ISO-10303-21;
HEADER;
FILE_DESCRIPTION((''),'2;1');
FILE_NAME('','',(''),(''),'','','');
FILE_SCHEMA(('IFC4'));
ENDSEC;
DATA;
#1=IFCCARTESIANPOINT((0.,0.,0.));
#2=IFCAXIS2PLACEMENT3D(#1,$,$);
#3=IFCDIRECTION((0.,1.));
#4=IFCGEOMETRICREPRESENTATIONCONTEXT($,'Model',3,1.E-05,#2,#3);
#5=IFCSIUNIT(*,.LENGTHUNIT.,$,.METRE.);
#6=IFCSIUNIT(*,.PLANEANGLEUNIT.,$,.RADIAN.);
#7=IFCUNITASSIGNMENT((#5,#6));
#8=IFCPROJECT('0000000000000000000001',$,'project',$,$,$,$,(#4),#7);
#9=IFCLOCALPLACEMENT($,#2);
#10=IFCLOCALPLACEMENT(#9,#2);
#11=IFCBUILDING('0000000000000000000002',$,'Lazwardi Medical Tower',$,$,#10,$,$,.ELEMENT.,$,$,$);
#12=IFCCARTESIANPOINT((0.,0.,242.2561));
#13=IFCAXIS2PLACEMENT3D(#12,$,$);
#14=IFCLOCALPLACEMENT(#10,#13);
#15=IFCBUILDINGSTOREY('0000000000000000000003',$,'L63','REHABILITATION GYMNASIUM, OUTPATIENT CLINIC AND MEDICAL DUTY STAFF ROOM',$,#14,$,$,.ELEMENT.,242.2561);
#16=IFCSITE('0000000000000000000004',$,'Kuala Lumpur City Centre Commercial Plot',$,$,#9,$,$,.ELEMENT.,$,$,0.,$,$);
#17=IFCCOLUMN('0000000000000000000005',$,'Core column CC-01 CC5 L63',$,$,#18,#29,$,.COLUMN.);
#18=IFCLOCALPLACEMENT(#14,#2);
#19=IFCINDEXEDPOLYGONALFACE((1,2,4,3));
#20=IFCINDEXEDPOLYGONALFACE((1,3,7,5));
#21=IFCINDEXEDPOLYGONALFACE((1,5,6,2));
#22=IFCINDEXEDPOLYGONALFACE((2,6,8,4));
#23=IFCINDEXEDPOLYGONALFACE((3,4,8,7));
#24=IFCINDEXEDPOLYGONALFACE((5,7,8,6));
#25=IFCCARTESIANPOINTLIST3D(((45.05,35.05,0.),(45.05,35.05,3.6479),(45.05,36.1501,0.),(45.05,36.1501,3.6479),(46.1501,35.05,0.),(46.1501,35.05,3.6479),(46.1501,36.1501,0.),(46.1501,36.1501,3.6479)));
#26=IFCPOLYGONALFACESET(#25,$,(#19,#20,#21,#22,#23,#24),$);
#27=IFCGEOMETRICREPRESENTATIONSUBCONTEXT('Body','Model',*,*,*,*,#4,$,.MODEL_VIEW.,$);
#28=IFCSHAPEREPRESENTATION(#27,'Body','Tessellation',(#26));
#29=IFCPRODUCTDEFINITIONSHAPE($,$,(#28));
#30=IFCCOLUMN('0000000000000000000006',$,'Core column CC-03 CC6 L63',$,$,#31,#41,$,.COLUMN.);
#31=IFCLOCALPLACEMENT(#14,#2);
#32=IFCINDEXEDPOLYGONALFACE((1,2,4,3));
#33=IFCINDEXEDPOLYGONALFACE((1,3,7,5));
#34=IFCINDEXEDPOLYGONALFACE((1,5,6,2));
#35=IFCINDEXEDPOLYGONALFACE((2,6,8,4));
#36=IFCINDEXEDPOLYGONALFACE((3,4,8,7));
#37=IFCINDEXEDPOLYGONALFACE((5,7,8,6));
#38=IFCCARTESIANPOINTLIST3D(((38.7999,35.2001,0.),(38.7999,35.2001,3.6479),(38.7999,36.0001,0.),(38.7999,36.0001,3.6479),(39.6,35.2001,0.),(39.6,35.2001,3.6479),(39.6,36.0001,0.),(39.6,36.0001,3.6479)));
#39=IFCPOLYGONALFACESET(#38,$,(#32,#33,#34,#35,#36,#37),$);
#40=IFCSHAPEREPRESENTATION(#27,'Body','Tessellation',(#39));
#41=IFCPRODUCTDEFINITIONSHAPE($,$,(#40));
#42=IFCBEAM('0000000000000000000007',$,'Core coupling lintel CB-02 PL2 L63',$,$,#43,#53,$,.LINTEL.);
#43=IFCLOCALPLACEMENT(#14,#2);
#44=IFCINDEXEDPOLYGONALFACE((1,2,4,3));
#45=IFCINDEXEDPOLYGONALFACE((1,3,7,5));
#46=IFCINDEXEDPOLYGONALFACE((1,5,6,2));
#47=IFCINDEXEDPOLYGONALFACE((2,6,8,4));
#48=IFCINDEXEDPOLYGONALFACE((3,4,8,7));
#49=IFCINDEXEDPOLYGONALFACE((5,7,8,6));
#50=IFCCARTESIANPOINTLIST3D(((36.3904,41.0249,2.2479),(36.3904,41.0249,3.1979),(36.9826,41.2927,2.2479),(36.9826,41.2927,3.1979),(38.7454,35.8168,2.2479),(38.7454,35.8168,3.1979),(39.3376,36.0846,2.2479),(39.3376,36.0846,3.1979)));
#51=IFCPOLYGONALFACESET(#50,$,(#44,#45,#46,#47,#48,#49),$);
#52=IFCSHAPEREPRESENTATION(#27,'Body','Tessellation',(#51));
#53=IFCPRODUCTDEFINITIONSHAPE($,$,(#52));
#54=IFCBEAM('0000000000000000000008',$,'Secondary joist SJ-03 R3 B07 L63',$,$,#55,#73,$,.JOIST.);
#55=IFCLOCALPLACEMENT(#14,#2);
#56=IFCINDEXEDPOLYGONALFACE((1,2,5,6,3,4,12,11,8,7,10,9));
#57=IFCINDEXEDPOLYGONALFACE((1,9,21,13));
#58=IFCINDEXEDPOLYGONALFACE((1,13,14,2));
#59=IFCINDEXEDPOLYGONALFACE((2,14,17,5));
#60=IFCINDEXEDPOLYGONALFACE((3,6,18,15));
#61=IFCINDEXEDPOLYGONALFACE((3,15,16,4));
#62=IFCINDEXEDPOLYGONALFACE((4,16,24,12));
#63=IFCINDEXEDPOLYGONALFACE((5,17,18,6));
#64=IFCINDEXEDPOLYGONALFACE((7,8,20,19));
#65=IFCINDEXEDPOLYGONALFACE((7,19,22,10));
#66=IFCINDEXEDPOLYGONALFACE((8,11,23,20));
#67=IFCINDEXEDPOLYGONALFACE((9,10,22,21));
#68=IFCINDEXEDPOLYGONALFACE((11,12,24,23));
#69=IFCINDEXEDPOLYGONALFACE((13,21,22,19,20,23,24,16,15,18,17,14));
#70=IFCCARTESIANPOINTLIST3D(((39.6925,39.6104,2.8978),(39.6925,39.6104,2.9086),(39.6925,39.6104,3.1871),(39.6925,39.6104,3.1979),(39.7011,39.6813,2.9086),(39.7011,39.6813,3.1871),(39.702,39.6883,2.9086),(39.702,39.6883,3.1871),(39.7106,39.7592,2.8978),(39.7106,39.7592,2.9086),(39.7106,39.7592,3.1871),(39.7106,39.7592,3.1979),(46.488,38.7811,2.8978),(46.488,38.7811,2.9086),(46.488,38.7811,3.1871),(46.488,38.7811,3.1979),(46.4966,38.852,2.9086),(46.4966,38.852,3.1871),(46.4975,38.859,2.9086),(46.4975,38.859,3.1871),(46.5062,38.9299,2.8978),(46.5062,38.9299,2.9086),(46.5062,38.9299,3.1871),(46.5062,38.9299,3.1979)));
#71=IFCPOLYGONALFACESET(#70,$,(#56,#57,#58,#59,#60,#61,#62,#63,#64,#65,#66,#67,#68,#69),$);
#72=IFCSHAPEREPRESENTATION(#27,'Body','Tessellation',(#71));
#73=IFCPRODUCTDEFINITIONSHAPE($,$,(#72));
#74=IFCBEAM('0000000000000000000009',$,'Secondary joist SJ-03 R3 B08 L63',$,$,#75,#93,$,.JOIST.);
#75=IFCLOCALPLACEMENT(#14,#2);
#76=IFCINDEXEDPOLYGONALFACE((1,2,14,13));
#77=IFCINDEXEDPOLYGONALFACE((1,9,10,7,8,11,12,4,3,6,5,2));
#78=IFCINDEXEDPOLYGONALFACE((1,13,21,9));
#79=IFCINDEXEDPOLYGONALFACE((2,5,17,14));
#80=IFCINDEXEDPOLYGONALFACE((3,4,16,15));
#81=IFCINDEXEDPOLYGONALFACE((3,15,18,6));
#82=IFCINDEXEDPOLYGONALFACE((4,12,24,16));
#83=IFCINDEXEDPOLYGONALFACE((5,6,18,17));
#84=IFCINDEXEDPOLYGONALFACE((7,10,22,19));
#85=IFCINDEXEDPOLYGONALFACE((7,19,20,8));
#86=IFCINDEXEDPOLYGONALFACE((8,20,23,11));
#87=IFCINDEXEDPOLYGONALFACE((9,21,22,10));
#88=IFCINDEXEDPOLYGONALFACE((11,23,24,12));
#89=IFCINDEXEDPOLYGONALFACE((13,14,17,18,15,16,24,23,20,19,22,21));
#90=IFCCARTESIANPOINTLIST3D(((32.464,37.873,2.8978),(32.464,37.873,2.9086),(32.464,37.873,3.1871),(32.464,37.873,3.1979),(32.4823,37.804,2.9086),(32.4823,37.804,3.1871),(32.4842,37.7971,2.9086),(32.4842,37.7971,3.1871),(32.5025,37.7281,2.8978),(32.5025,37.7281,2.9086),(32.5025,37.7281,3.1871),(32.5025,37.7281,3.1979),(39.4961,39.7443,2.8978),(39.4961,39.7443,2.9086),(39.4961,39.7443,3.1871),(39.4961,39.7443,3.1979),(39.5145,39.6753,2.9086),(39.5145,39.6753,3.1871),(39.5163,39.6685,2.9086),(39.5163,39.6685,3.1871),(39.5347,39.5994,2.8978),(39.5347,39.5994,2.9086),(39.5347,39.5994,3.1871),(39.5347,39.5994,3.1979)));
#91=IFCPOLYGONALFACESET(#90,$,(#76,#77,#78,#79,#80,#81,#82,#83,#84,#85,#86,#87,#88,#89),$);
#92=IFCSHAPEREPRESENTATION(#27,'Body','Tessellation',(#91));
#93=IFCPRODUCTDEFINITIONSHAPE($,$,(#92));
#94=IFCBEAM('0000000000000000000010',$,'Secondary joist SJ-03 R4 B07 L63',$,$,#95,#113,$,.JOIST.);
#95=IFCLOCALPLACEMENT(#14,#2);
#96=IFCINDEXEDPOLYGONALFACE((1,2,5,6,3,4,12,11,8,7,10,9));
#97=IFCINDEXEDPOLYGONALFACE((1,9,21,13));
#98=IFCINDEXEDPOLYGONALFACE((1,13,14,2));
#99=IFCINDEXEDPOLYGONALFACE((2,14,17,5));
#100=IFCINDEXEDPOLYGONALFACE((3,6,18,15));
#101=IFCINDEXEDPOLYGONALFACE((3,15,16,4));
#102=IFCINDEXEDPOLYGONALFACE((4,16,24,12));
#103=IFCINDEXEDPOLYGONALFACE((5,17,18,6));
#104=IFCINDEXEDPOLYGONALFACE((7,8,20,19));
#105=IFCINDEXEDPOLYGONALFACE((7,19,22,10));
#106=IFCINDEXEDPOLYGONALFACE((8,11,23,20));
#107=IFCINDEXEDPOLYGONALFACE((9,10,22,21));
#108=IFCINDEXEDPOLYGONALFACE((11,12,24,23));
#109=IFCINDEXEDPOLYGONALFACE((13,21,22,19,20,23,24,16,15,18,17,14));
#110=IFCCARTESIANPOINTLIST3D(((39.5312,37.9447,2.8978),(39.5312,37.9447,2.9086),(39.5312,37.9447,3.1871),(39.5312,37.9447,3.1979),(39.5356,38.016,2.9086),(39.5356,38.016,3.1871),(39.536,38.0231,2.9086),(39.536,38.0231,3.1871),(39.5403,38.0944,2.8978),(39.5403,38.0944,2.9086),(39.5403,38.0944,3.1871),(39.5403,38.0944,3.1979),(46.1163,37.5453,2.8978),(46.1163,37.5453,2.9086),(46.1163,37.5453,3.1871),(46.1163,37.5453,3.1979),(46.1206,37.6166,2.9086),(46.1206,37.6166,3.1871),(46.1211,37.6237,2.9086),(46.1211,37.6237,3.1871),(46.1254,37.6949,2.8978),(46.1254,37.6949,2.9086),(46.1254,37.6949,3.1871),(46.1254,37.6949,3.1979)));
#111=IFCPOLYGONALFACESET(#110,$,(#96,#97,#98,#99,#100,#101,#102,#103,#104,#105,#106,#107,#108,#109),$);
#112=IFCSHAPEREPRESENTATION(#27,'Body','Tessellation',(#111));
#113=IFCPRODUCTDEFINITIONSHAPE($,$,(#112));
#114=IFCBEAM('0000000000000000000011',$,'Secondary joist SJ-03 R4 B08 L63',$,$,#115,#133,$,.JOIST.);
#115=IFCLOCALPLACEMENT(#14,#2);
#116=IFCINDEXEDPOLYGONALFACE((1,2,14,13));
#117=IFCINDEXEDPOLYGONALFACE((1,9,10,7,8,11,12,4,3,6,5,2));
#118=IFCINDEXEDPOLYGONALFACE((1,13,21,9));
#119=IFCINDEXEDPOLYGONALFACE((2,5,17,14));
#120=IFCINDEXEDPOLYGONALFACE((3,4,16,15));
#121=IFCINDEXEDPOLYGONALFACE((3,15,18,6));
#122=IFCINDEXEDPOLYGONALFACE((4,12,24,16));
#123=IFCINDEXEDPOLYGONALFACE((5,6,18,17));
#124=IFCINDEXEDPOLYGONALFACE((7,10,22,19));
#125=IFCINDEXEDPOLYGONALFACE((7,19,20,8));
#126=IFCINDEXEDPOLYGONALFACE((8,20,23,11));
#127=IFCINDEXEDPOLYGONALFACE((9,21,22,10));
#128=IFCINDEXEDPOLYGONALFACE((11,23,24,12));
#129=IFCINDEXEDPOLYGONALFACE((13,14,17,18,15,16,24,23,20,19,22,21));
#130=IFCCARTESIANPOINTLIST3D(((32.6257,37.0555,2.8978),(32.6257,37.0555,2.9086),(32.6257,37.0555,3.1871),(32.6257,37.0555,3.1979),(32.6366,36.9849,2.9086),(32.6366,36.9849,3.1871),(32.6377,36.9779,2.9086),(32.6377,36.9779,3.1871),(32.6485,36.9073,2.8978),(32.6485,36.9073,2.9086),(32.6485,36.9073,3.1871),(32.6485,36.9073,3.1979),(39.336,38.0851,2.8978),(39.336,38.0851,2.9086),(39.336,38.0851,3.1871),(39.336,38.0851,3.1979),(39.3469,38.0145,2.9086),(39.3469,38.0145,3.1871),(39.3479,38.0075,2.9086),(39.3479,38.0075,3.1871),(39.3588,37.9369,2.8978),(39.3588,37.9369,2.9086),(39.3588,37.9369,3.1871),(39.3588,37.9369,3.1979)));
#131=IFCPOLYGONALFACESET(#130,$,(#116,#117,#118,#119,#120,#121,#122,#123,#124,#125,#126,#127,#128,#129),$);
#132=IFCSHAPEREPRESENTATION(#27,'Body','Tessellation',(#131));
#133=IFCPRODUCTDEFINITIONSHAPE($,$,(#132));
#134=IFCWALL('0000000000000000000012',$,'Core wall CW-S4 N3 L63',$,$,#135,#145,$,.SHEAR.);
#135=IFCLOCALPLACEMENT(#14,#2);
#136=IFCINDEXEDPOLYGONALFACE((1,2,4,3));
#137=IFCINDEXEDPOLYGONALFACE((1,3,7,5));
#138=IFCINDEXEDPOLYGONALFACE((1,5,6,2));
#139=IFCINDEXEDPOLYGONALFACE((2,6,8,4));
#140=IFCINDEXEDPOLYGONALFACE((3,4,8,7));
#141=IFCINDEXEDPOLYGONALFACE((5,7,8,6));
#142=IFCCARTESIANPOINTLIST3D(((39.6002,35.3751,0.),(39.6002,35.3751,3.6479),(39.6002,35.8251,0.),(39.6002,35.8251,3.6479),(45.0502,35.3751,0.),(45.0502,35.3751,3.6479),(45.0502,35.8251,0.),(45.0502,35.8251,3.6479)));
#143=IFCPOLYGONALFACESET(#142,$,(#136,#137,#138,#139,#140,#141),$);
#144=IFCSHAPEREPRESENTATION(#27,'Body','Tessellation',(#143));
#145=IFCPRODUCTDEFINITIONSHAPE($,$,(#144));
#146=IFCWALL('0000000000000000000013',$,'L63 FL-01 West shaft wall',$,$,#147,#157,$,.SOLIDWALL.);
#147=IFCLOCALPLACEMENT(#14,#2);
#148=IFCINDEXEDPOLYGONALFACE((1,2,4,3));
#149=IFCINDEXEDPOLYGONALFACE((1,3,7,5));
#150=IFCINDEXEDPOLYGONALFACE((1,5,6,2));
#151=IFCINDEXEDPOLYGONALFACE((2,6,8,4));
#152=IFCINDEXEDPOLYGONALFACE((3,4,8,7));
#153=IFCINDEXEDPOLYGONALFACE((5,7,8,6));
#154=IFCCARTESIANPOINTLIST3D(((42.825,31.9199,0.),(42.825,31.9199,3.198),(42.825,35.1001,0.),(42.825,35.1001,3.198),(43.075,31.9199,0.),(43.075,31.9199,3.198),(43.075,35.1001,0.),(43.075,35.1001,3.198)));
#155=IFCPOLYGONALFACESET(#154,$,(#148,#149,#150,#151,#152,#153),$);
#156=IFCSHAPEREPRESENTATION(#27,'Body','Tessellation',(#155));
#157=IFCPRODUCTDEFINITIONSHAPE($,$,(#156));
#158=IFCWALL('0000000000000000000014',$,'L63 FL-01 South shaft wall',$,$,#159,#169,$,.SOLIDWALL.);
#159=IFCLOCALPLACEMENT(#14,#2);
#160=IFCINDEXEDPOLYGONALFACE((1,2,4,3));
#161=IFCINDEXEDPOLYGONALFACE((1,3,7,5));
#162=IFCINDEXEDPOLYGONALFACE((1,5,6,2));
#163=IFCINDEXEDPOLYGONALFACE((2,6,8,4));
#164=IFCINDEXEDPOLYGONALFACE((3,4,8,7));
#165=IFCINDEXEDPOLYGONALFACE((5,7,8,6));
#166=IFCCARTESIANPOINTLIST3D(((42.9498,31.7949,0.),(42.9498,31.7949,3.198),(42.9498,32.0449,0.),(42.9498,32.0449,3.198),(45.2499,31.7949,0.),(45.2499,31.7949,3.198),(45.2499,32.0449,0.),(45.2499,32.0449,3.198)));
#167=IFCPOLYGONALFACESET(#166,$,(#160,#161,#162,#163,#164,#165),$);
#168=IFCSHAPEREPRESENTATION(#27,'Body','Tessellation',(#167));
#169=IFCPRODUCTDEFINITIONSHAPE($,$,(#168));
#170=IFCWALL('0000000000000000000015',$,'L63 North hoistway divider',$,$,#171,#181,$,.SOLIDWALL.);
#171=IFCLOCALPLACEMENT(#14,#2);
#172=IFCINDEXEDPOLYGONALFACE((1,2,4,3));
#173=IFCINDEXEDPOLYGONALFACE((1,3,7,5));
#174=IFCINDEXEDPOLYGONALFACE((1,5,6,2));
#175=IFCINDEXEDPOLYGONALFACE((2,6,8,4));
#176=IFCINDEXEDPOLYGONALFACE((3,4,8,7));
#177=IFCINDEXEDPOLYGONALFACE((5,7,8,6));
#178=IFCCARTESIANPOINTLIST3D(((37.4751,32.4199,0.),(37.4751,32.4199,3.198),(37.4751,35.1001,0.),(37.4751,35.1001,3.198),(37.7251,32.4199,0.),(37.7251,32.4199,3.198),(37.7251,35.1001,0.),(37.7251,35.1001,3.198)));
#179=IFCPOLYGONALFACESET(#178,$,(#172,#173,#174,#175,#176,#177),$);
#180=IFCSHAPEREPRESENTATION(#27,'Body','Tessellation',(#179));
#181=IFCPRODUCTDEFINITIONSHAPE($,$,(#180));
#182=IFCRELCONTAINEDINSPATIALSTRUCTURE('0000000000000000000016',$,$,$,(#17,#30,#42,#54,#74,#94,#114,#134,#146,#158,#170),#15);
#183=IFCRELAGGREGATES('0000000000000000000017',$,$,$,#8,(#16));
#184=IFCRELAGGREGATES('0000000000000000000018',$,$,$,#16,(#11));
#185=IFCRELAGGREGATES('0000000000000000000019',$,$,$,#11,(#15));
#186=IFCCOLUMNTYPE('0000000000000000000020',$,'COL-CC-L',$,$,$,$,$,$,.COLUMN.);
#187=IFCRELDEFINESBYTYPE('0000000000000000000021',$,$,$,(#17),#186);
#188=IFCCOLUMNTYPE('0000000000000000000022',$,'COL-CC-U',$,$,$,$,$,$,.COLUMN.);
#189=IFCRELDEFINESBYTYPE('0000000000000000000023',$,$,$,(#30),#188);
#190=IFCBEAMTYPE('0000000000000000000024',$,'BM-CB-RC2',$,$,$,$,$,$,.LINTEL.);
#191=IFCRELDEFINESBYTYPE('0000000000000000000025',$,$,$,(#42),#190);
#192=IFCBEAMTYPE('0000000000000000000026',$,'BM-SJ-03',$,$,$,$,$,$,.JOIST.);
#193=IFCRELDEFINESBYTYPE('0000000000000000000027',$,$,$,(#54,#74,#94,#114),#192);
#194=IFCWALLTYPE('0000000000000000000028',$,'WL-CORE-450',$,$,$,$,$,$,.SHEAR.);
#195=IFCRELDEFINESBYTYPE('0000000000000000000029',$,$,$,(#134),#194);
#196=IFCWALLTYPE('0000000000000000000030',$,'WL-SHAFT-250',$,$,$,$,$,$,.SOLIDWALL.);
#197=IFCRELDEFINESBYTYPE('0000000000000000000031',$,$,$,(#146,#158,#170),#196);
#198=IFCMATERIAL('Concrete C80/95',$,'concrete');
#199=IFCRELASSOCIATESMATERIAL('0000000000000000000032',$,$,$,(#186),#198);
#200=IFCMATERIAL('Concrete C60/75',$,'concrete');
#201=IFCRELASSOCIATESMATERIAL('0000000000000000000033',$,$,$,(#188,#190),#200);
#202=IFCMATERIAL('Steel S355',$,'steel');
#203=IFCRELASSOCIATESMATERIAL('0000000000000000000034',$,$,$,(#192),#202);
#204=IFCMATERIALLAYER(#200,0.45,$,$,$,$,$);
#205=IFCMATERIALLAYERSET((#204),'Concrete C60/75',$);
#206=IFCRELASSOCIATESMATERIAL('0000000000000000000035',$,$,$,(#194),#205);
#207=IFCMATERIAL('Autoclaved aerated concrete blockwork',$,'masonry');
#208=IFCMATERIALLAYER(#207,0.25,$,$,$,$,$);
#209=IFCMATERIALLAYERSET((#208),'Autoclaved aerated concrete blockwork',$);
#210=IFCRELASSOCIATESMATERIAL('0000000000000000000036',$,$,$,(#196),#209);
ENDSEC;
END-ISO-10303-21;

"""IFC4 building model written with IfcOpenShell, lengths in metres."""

from ifc_helpers import new_model, si_unit, direction, frame, frame_2d, origin, origin_2d, place, context, subcontext, project, spatial, rectangle, i_section, extrude, material, layer, layer_set, material_profile, profile_set, type_object, element, save


model = new_model("IFC4")

# Units and contexts
model_context = context("Model", 3, precision=1e-05, world=origin(), true_north=direction((0.0, 1.0)))
body_context = subcontext(model_context, "Body", "Model", "MODEL_VIEW")
ifc_project = project(units=[si_unit("LENGTHUNIT", "METRE"), si_unit("PLANEANGLEUNIT", "RADIAN")], contexts=[model_context])

# Site, building, storey
site_placement = place(None, origin())
site = spatial("IfcSite", under=ifc_project, at=site_placement, Name="Kuala Lumpur City Centre Commercial Plot", CompositionType="ELEMENT", RefElevation=0.0)
building_placement = place(site_placement, origin())
building = spatial("IfcBuilding", under=site, at=building_placement, Name="Lazwardi Medical Tower", CompositionType="ELEMENT")
storey_placement = place(building_placement, frame((0.0, 0.0, 242.2561)))
storey = spatial("IfcBuildingStorey", under=building, at=storey_placement, Name="L63", Description="REHABILITATION GYMNASIUM, OUTPATIENT CLINIC AND MEDICAL DUTY STAFF ROOM", CompositionType="ELEMENT", Elevation=242.2561)

# Columns
ifc_material_1 = material(Name="Concrete C80/95", Category="concrete")
ifc_material_profile_1 = material_profile(ifc_material_1, rectangle(XDim=1.1001, YDim=1.1001, at=origin_2d()), Name="RC 1100x1100")
ifc_profile_set_1 = profile_set([ifc_material_profile_1], Name="Concrete C80/95")
column_type_1 = type_object("IfcColumnType", Name="COL-CC-L", PredefinedType="COLUMN", material=ifc_profile_set_1)
column_1_placement = place(storey_placement, frame((45.6001, 35.6001, 0.0), z_axis=(0.0, 0.0, 1.0), x_axis=(1.0, 0.0, 0.0)))
element("IfcColumn", 1, at=column_1_placement, inside=storey, type_object=column_type_1, Name="Core column CC-01 CC5 L63", PredefinedType="COLUMN", context=body_context, shape_type="SweptSolid", body=[
    extrude(rectangle(XDim=1.1001, YDim=1.1001, at=origin_2d()), origin(), (0.0, 0.0, 1.0), 3.6479),
])
ifc_material_2 = material(Name="Concrete C60/75", Category="concrete")
ifc_material_profile_2 = material_profile(ifc_material_2, rectangle(XDim=0.8, YDim=0.8, at=origin_2d()), Name="RC 800x800")
ifc_profile_set_2 = profile_set([ifc_material_profile_2], Name="Concrete C60/75")
column_type_2 = type_object("IfcColumnType", Name="COL-CC-U", PredefinedType="COLUMN", material=ifc_profile_set_2)
column_2_placement = place(storey_placement, frame((39.2, 35.6001, 0.0), z_axis=(0.0, 0.0, 1.0), x_axis=(1.0, 0.0, 0.0)))
element("IfcColumn", 2, at=column_2_placement, inside=storey, type_object=column_type_2, Name="Core column CC-03 CC6 L63", PredefinedType="COLUMN", context=body_context, shape_type="SweptSolid", body=[
    extrude(rectangle(XDim=0.8, YDim=0.8, at=origin_2d()), origin(), (0.0, 0.0, 1.0), 3.6479),
])

# Beams
ifc_material_profile_3 = material_profile(ifc_material_2, rectangle(XDim=0.6499, YDim=0.95, at=origin_2d()), Name="RC 650x950")
ifc_profile_set_3 = profile_set([ifc_material_profile_3], Name="Concrete C60/75")
beam_type_1 = type_object("IfcBeamType", Name="BM-CB-RC2", PredefinedType="LINTEL", material=ifc_profile_set_3)
beam_1_placement = place(storey_placement, frame((39.0415, 35.9507, 2.7229), z_axis=(-0.412019, 0.911175, 0.0), x_axis=(-0.911175, -0.412019, 0.0)))
element("IfcBeam", 3, at=beam_1_placement, inside=storey, type_object=beam_type_1, Name="Core coupling lintel CB-02 PL2 L63", PredefinedType="LINTEL", context=body_context, shape_type="SweptSolid", body=[
    extrude(rectangle(XDim=0.6499, YDim=0.95, at=origin_2d()), origin(), (0.0, 0.0, 1.0), 5.7158),
])
ifc_material_3 = material(Name="Steel S355", Category="steel")
ifc_material_profile_4 = material_profile(ifc_material_3, i_section(OverallWidth=0.1499, OverallDepth=0.3, WebThickness=0.0071, FlangeThickness=0.0107, at=origin_2d()), Name="IPE 300")
ifc_profile_set_4 = profile_set([ifc_material_profile_4], Name="Steel S355")
beam_type_2 = type_object("IfcBeamType", Name="BM-SJ-03", PredefinedType="JOIST", material=ifc_profile_set_4)
beam_2_placement = place(storey_placement, frame((46.4971, 38.8555, 3.0479), z_axis=(-0.992635, 0.121146, 0.0), x_axis=(-0.121146, -0.992635, 0.0)))
element("IfcBeam", 4, at=beam_2_placement, inside=storey, type_object=beam_type_2, Name="Secondary joist SJ-03 R3 B07 L63", PredefinedType="JOIST", context=body_context, shape_type="SweptSolid", body=[
    extrude(i_section(OverallWidth=0.1499, OverallDepth=0.3, WebThickness=0.0071, FlangeThickness=0.0107, at=origin_2d()), origin(), (0.0, 0.0, 1.0), 6.8459),
])
beam_3_placement = place(storey_placement, frame((39.5154, 39.6719, 3.0479), z_axis=(-0.966369, -0.257159, 0.0), x_axis=(0.257159, -0.966369, 0.0)))
element("IfcBeam", 5, at=beam_3_placement, inside=storey, type_object=beam_type_2, Name="Secondary joist SJ-03 R3 B08 L63", PredefinedType="JOIST", context=body_context, shape_type="SweptSolid", body=[
    extrude(i_section(OverallWidth=0.1499, OverallDepth=0.3, WebThickness=0.0071, FlangeThickness=0.0107, at=origin_2d()), origin(), (0.0, 0.0, 1.0), 7.2769),
])
beam_4_placement = place(storey_placement, frame((46.1208, 37.6201, 3.0479), z_axis=(-0.998166, 0.060544, 0.0), x_axis=(-0.060544, -0.998166, 0.0)))
element("IfcBeam", 6, at=beam_4_placement, inside=storey, type_object=beam_type_2, Name="Secondary joist SJ-03 R4 B07 L63", PredefinedType="JOIST", context=body_context, shape_type="SweptSolid", body=[
    extrude(i_section(OverallWidth=0.1499, OverallDepth=0.3, WebThickness=0.0071, FlangeThickness=0.0107, at=origin_2d()), origin(), (0.0, 0.0, 1.0), 6.5972),
])
beam_5_placement = place(storey_placement, frame((39.3474, 38.011, 3.0479), z_axis=(-0.988434, -0.151655, 0.0), x_axis=(0.151655, -0.988434, 0.0)))
element("IfcBeam", 7, at=beam_5_placement, inside=storey, type_object=beam_type_2, Name="Secondary joist SJ-03 R4 B08 L63", PredefinedType="JOIST", context=body_context, shape_type="SweptSolid", body=[
    extrude(i_section(OverallWidth=0.1499, OverallDepth=0.3, WebThickness=0.0071, FlangeThickness=0.0107, at=origin_2d()), origin(), (0.0, 0.0, 1.0), 6.7888),
])

# Walls
ifc_layer_1 = layer(ifc_material_2, 0.45)
ifc_layer_set_1 = layer_set([ifc_layer_1], Name="Concrete C60/75")
wall_type_1 = type_object("IfcWallType", Name="WL-CORE-450", PredefinedType="SHEAR", material=ifc_layer_set_1)
wall_1_placement = place(storey_placement, frame((39.6001, 35.6001, 0.0), z_axis=(0.0, 0.0, 1.0), x_axis=(1.0, 0.0, 0.0)))
element("IfcWall", 8, at=wall_1_placement, inside=storey, type_object=wall_type_1, Name="Core wall CW-S4 N3 L63", PredefinedType="SHEAR", context=body_context, shape_type="SweptSolid", body=[
    extrude(rectangle(XDim=5.45, YDim=0.45, at=frame_2d((2.7251, 0.0))), origin(), (0.0, 0.0, 1.0), 3.6479),
])
ifc_material_4 = material(Name="Autoclaved aerated concrete blockwork", Category="masonry")
ifc_layer_2 = layer(ifc_material_4, 0.25)
ifc_layer_set_2 = layer_set([ifc_layer_2], Name="Autoclaved aerated concrete blockwork")
wall_type_2 = type_object("IfcWallType", Name="WL-SHAFT-250", PredefinedType="SOLIDWALL", material=ifc_layer_set_2)
wall_2_placement = place(storey_placement, frame((42.95, 31.9199, 0.0), z_axis=(0.0, 0.0, 1.0), x_axis=(0.0, 1.0, 0.0)))
element("IfcWall", 9, at=wall_2_placement, inside=storey, type_object=wall_type_2, Name="L63 FL-01 West shaft wall", PredefinedType="SOLIDWALL", context=body_context, shape_type="SweptSolid", body=[
    extrude(rectangle(XDim=3.1802, YDim=0.25, at=frame_2d((1.5901, 0.0))), origin(), (0.0, 0.0, 1.0), 3.198),
])
wall_3_placement = place(storey_placement, frame((42.95, 31.9199, 0.0), z_axis=(0.0, 0.0, 1.0), x_axis=(1.0, 0.0, 0.0)))
element("IfcWall", 10, at=wall_3_placement, inside=storey, type_object=wall_type_2, Name="L63 FL-01 South shaft wall", PredefinedType="SOLIDWALL", context=body_context, shape_type="SweptSolid", body=[
    extrude(rectangle(XDim=2.3, YDim=0.25, at=frame_2d((1.1499, 0.0))), origin(), (0.0, 0.0, 1.0), 3.198),
])
for number, where, z_axis, x_axis, name in (
    (11, (37.6001, 32.4199, 0.0), (0.0, 0.0, 1.0), (0.0, 1.0, 0.0), "L63 North hoistway divider"),
):
    element("IfcWall", number, at=place(storey_placement, frame(where, z_axis=z_axis, x_axis=x_axis)), inside=storey, type_object=wall_type_2, Name=name, PredefinedType="SOLIDWALL", context=body_context, shape_type="SweptSolid", body=[
        extrude(rectangle(XDim=2.6802, YDim=0.25, at=frame_2d((1.3401, 0.0))), origin(), (0.0, 0.0, 1.0), 3.198),
    ])

save(model, "model.ifc")
